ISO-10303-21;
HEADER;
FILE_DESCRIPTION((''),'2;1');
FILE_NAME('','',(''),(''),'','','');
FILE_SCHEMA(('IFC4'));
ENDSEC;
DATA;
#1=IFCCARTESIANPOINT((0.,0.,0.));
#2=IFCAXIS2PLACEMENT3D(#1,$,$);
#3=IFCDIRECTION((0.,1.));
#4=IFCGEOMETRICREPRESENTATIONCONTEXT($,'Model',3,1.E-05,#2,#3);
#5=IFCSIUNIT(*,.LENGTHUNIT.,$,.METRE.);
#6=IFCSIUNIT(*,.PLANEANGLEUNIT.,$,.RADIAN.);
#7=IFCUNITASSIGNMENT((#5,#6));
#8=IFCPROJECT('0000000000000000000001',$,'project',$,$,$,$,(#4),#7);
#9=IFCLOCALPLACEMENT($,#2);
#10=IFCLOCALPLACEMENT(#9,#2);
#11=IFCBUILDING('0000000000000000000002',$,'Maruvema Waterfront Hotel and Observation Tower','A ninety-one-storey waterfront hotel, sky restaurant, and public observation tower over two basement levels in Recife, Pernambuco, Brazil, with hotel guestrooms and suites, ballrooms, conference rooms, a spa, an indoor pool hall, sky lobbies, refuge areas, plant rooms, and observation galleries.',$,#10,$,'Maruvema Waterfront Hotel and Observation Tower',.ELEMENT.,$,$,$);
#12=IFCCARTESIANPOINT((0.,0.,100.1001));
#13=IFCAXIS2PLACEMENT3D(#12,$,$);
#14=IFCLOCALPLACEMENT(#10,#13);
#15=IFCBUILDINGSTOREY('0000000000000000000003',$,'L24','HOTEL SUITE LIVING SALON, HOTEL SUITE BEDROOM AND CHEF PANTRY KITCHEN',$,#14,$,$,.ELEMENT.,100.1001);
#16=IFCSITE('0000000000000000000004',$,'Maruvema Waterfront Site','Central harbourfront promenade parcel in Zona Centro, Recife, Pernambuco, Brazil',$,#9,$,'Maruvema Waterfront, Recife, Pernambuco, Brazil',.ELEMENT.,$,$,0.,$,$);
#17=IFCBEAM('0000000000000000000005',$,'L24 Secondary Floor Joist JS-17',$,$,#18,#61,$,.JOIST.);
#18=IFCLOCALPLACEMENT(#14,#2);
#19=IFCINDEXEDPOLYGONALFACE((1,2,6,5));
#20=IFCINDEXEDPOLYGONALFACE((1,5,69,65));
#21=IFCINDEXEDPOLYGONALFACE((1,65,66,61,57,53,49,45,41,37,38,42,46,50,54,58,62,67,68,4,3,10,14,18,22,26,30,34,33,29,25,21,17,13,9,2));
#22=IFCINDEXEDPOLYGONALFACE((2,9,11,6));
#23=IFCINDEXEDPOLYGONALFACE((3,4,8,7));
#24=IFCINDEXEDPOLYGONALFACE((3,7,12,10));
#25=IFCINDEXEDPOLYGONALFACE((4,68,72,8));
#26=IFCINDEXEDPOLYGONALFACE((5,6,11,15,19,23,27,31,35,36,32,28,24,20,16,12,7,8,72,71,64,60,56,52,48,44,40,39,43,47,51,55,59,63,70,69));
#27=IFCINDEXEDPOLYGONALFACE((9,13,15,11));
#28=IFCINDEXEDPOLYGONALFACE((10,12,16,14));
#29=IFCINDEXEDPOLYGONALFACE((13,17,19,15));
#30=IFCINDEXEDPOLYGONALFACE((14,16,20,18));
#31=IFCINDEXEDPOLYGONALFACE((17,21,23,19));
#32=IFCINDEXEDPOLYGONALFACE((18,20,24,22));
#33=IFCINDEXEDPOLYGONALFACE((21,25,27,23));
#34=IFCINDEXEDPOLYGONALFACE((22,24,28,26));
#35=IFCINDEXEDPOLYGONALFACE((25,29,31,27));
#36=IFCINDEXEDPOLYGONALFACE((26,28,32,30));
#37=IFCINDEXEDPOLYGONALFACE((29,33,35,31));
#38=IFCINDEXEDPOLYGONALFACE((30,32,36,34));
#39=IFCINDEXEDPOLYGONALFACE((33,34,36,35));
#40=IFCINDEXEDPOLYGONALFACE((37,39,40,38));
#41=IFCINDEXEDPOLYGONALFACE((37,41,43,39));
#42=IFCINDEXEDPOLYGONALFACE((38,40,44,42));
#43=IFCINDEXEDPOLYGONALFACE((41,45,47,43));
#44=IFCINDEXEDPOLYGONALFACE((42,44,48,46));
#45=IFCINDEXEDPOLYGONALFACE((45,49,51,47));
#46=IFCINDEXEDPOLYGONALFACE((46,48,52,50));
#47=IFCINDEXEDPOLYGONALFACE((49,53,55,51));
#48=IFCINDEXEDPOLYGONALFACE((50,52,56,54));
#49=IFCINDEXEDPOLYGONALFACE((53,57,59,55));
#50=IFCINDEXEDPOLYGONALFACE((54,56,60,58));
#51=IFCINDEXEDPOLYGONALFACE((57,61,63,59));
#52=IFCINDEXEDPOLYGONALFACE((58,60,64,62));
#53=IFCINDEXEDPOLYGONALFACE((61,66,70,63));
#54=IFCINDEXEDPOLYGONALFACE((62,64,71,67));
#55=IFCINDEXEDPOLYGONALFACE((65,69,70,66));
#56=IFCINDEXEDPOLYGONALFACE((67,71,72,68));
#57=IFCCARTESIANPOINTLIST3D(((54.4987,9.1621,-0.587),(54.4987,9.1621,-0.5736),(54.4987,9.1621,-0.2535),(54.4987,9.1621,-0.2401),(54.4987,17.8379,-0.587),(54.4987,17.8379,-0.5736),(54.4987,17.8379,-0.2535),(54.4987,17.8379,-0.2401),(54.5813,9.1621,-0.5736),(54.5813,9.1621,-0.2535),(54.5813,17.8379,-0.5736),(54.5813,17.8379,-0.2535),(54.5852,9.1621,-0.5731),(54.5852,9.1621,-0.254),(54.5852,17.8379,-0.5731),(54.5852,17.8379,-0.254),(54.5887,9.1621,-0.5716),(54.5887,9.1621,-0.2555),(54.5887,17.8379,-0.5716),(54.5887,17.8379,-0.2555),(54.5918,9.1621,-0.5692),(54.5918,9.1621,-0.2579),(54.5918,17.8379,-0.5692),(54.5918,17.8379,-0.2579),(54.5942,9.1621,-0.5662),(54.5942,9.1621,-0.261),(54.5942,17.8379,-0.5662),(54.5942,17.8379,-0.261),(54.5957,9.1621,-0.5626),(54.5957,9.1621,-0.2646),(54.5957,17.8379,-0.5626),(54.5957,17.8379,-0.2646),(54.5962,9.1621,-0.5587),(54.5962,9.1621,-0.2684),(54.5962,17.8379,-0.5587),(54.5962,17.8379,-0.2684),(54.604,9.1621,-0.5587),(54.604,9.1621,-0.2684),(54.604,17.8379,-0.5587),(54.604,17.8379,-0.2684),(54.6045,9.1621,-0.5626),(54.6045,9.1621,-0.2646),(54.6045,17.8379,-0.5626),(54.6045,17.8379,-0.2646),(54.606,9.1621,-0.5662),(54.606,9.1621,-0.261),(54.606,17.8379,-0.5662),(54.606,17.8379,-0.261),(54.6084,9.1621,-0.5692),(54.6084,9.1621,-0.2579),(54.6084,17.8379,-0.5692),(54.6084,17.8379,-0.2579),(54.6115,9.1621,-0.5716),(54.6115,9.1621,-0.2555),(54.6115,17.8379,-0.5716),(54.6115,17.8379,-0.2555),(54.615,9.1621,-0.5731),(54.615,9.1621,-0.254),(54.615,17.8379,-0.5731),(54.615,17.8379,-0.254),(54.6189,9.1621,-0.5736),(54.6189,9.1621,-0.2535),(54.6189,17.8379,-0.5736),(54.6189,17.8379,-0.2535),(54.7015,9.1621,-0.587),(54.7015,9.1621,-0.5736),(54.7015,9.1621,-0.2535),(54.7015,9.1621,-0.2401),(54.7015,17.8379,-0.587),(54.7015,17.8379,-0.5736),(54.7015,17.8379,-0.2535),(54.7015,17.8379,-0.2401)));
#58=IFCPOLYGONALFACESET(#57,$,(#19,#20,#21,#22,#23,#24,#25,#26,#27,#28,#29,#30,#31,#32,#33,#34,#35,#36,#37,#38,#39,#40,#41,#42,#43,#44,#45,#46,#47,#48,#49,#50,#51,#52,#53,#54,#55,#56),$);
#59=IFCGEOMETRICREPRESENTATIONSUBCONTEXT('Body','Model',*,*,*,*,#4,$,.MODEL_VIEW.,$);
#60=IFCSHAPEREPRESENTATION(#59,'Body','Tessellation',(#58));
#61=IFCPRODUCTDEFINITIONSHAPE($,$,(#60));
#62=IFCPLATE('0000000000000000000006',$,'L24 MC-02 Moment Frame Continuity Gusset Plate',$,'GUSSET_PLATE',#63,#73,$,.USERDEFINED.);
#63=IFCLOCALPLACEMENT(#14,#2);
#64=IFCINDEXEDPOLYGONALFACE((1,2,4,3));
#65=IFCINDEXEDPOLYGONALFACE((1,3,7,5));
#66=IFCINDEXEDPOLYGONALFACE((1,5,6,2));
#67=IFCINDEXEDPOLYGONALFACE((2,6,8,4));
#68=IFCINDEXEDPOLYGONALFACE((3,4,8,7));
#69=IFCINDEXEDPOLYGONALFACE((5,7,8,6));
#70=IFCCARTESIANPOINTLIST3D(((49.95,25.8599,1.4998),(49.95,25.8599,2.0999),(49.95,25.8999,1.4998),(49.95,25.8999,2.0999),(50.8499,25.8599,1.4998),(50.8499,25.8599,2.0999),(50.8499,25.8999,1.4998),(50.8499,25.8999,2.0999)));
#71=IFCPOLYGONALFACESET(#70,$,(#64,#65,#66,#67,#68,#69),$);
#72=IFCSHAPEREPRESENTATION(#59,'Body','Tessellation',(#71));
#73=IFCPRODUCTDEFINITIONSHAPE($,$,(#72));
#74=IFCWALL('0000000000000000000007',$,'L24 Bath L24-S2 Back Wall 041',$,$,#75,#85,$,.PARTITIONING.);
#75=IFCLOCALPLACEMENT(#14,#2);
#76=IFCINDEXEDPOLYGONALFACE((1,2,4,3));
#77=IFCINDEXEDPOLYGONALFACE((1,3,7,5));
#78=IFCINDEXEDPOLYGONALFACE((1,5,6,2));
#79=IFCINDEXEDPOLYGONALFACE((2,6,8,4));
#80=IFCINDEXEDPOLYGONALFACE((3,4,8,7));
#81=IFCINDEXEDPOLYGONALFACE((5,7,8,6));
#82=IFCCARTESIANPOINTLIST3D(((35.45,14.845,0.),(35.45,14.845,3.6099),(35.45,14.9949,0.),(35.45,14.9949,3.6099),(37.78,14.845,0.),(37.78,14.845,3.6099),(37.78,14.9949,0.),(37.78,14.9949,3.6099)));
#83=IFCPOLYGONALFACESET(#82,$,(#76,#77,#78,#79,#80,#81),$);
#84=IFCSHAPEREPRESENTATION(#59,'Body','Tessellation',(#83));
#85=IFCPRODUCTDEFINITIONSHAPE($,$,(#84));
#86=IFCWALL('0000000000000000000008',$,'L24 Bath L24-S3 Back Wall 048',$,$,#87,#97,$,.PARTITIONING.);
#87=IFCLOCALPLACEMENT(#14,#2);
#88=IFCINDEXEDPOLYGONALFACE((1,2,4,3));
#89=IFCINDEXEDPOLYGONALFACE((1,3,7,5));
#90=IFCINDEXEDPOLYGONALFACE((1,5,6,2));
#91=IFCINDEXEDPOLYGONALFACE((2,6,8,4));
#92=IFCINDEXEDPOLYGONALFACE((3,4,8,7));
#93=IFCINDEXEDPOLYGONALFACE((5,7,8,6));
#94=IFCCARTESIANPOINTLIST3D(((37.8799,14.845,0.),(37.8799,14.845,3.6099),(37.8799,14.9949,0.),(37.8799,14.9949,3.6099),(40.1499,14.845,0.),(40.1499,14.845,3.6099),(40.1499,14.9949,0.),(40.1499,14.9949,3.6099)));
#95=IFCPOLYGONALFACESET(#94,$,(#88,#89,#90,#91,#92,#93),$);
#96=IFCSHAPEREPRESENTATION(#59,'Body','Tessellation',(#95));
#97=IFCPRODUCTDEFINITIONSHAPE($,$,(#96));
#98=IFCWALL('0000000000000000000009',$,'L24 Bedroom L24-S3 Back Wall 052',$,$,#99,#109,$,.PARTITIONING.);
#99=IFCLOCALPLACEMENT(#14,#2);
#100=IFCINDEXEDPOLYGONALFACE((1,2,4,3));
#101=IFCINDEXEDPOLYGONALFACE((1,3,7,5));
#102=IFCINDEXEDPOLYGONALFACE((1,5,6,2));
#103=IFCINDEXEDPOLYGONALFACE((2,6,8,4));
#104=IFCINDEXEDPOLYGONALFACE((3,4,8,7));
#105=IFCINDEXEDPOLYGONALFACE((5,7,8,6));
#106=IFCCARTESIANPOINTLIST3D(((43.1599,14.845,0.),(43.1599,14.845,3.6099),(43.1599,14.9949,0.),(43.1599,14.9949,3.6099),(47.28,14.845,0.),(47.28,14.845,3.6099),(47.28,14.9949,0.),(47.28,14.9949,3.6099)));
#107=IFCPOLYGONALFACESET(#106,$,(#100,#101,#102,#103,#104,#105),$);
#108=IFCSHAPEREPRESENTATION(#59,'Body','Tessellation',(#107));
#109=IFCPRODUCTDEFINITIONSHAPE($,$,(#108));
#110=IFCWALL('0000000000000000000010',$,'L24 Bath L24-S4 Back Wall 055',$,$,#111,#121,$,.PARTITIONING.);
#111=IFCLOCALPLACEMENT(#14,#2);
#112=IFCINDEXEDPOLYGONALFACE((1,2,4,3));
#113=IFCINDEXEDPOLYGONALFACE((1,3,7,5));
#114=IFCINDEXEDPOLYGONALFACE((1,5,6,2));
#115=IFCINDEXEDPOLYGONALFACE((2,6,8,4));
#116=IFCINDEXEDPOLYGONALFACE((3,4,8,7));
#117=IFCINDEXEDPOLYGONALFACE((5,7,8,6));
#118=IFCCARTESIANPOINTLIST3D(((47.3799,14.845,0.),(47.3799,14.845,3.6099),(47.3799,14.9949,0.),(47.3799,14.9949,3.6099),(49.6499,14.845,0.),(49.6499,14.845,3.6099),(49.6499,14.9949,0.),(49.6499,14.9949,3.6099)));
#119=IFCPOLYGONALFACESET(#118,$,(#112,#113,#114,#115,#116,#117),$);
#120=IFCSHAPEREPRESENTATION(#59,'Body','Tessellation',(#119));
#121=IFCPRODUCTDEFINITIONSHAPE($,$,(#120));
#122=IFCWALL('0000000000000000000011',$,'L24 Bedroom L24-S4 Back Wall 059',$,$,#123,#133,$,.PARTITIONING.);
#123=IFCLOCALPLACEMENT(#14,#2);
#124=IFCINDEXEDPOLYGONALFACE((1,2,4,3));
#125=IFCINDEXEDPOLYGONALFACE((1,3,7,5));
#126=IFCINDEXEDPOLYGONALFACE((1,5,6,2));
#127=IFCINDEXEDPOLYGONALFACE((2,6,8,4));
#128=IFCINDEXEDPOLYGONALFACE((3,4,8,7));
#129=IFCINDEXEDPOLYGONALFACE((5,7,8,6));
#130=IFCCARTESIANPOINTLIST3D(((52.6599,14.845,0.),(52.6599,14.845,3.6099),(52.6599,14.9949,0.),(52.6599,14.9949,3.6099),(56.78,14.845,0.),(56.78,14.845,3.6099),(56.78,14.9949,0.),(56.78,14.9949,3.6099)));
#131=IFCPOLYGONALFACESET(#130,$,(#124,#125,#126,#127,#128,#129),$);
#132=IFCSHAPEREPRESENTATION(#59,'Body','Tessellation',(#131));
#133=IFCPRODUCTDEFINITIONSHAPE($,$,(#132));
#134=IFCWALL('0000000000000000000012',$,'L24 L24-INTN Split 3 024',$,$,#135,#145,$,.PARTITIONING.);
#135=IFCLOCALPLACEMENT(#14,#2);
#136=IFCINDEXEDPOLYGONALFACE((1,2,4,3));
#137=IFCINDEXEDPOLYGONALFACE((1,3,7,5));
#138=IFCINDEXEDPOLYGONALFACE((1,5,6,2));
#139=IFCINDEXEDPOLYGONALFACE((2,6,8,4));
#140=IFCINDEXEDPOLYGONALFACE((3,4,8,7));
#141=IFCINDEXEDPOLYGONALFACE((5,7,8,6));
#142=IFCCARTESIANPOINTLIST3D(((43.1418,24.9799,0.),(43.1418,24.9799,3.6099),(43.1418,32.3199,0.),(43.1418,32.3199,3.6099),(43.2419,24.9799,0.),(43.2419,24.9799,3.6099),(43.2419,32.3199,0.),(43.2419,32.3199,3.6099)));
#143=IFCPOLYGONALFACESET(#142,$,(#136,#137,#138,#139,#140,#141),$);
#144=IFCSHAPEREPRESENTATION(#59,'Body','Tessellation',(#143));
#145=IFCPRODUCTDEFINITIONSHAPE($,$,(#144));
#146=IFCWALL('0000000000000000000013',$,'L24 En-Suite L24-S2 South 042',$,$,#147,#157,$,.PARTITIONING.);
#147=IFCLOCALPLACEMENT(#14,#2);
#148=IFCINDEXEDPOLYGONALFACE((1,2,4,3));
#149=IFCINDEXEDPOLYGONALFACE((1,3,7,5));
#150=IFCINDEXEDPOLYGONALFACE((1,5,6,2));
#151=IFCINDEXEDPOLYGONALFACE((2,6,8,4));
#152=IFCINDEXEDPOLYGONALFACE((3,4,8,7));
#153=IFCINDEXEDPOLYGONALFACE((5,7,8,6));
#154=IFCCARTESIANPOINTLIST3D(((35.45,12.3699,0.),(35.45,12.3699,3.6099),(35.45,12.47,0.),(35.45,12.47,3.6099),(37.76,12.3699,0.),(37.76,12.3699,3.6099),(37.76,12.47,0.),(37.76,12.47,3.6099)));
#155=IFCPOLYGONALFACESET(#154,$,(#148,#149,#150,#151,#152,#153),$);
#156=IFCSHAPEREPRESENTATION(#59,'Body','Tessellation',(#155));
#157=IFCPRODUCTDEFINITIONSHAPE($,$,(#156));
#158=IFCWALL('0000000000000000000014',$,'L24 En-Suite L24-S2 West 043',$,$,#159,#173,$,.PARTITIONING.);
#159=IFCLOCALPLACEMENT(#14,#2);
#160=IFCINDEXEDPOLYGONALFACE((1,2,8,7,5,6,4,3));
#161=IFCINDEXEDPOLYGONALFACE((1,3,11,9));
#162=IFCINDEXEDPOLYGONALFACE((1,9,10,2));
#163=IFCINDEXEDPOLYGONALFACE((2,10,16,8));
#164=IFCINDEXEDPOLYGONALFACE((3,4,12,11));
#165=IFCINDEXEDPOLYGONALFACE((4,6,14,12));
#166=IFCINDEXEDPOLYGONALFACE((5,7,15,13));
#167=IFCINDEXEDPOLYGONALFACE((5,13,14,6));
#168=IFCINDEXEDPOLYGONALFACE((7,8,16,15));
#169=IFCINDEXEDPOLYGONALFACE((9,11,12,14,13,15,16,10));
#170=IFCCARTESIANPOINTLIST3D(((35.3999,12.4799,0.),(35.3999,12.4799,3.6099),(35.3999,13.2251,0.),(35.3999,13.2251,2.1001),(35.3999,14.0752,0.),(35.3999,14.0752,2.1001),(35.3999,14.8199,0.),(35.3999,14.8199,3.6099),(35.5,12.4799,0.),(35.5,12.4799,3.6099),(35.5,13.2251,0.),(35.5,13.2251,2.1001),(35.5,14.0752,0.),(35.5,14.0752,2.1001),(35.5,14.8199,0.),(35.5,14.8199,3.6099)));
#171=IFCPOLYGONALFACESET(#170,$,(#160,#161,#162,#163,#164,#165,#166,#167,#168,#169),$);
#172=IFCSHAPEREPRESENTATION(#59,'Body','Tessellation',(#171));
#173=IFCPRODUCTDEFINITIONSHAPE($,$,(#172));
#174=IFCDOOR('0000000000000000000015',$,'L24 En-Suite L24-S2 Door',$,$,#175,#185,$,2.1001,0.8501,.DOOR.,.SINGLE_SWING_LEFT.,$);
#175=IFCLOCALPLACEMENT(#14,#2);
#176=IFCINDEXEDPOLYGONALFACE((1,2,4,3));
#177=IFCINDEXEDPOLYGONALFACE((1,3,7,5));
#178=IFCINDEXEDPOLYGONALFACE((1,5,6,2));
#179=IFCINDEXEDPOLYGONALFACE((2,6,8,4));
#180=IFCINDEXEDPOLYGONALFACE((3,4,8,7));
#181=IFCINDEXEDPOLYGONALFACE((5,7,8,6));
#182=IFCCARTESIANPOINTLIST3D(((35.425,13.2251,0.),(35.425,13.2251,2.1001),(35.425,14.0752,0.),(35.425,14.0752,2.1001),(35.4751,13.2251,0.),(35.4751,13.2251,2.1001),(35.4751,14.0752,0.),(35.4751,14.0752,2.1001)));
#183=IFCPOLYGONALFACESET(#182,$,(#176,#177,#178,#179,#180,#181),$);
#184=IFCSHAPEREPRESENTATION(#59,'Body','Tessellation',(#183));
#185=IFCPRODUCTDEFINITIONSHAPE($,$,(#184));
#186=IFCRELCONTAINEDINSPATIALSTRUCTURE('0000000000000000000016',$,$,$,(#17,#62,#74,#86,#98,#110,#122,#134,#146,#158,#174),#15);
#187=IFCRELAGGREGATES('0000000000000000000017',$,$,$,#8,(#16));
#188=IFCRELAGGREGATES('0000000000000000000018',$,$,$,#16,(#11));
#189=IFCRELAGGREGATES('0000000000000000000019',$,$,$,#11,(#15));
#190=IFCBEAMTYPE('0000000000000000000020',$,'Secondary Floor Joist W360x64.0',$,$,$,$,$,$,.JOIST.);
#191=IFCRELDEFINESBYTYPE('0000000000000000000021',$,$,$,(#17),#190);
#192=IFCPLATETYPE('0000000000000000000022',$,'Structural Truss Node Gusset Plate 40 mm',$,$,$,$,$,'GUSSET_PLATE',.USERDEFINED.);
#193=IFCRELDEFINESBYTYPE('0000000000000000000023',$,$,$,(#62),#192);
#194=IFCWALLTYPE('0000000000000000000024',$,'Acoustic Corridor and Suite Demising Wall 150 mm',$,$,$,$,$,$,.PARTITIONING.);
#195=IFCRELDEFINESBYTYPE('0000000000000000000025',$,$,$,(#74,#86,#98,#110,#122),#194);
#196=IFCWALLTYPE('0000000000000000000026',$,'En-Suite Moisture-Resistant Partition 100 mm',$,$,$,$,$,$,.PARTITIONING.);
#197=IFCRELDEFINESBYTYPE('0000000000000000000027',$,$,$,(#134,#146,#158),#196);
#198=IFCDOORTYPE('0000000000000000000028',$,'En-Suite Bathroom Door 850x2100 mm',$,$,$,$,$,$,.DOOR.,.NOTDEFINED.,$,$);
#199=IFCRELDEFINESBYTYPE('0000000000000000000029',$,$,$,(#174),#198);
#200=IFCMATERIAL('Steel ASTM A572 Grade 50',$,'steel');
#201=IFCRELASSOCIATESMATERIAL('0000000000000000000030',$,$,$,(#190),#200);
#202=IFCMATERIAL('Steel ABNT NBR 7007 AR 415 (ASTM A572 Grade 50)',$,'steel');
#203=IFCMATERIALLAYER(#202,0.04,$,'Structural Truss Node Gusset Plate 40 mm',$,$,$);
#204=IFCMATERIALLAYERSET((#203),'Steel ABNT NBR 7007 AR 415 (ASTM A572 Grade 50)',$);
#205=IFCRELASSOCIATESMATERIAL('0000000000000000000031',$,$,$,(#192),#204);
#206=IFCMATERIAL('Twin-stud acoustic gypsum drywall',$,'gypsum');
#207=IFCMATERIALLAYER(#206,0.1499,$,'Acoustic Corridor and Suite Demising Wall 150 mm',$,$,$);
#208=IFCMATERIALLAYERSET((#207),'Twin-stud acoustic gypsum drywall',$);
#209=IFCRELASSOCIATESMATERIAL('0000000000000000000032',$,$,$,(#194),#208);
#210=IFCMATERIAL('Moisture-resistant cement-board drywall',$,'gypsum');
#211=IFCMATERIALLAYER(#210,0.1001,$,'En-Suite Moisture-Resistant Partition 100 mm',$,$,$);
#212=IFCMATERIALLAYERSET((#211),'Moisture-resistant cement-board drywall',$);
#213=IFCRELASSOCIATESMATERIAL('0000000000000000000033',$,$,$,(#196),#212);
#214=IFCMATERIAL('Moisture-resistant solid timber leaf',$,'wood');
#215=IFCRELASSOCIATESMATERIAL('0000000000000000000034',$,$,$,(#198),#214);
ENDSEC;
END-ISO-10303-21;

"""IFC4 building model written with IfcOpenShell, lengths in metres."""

from ifc_helpers import new_model, si_unit, direction, frame, frame_2d, origin, origin_2d, place, context, subcontext, project, spatial, rectangle, i_section, extrude, material, layer, layer_set, material_profile, profile_set, type_object, element, fill, save


model = new_model("IFC4")

# Units and contexts
model_context = context("Model", 3, precision=1e-05, world=origin(), true_north=direction((0.0, 1.0)))
body_context = subcontext(model_context, "Body", "Model", "MODEL_VIEW")
ifc_project = project(units=[si_unit("LENGTHUNIT", "METRE"), si_unit("PLANEANGLEUNIT", "RADIAN")], contexts=[model_context])

# Site, building, storey
site_placement = place(None, origin())
site = spatial("IfcSite", under=ifc_project, at=site_placement, Name="Maruvema Waterfront Site", Description="Central harbourfront promenade parcel in Zona Centro, Recife, Pernambuco, Brazil", LongName="Maruvema Waterfront, Recife, Pernambuco, Brazil", CompositionType="ELEMENT", RefElevation=0.0)
building_placement = place(site_placement, origin())
building = spatial("IfcBuilding", under=site, at=building_placement, Name="Maruvema Waterfront Hotel and Observation Tower", Description="A ninety-one-storey waterfront hotel, sky restaurant, and public observation tower over two basement levels in Recife, Pernambuco, Brazil, with hotel guestrooms and suites, ballrooms, conference rooms, a spa, an indoor pool hall, sky lobbies, refuge areas, plant rooms, and observation galleries.", LongName="Maruvema Waterfront Hotel and Observation Tower", CompositionType="ELEMENT")
storey_placement = place(building_placement, frame((0.0, 0.0, 100.1001)))
storey = spatial("IfcBuildingStorey", under=building, at=storey_placement, Name="L24", Description="HOTEL SUITE LIVING SALON, HOTEL SUITE BEDROOM AND CHEF PANTRY KITCHEN", CompositionType="ELEMENT", Elevation=100.1001)

# Beam
ifc_material_1 = material(Name="Steel ASTM A572 Grade 50", Category="steel")
ifc_material_profile_1 = material_profile(ifc_material_1, i_section(OverallWidth=0.2029, OverallDepth=0.3469, WebThickness=0.0078, FlangeThickness=0.0134, FilletRadius=0.0149, at=origin_2d()), Name="W360x64.0")
ifc_profile_set_1 = profile_set([ifc_material_profile_1], Name="Steel ASTM A572 Grade 50")
beam_type_1 = type_object("IfcBeamType", Name="Secondary Floor Joist W360x64.0", PredefinedType="JOIST", material=ifc_profile_set_1)
beam_1_placement = place(storey_placement, frame((54.6001, 9.1621, -0.4136), z_axis=(0.0, 1.0, 0.0), x_axis=(-1.0, 0.0, 0.0)))
element("IfcBeam", 1, at=beam_1_placement, inside=storey, type_object=beam_type_1, Name="L24 Secondary Floor Joist JS-17", PredefinedType="JOIST", context=body_context, shape_type="SweptSolid", body=[
    extrude(i_section(OverallWidth=0.2029, OverallDepth=0.3469, WebThickness=0.0078, FlangeThickness=0.0134, FilletRadius=0.0149, at=origin_2d()), origin(), (0.0, 0.0, 1.0), 8.6758),
])

# Plate
ifc_material_2 = material(Name="Steel ABNT NBR 7007 AR 415 (ASTM A572 Grade 50)", Category="steel")
ifc_layer_1 = layer(ifc_material_2, 0.04, Name="Structural Truss Node Gusset Plate 40 mm")
ifc_layer_set_1 = layer_set([ifc_layer_1], Name="Steel ABNT NBR 7007 AR 415 (ASTM A572 Grade 50)")
plate_type = type_object("IfcPlateType", Name="Structural Truss Node Gusset Plate 40 mm", ElementType="GUSSET_PLATE", PredefinedType="USERDEFINED", material=ifc_layer_set_1)
plate_placement = place(storey_placement, frame((50.3999, 25.8799, 1.4998), z_axis=(0.0, 0.0, 1.0), x_axis=(1.0, 0.0, 0.0)))
element("IfcPlate", 2, at=plate_placement, inside=storey, type_object=plate_type, Name="L24 MC-02 Moment Frame Continuity Gusset Plate", ObjectType="GUSSET_PLATE", PredefinedType="USERDEFINED", context=body_context, shape_type="SweptSolid", body=[
    extrude(rectangle(XDim=0.8999, YDim=0.04, at=origin_2d()), origin(), (0.0, 0.0, 1.0), 0.6001),
])

# Walls
ifc_material_3 = material(Name="Twin-stud acoustic gypsum drywall", Category="gypsum")
ifc_layer_2 = layer(ifc_material_3, 0.1499, Name="Acoustic Corridor and Suite Demising Wall 150 mm")
ifc_layer_set_2 = layer_set([ifc_layer_2], Name="Twin-stud acoustic gypsum drywall")
wall_type_1 = type_object("IfcWallType", Name="Acoustic Corridor and Suite Demising Wall 150 mm", PredefinedType="PARTITIONING", material=ifc_layer_set_2)
wall_1_placement = place(storey_placement, frame((35.45, 14.9199, 0.0), z_axis=(0.0, 0.0, 1.0), x_axis=(1.0, 0.0, 0.0)))
element("IfcWall", 3, at=wall_1_placement, inside=storey, type_object=wall_type_1, Name="L24 Bath L24-S2 Back Wall 041", PredefinedType="PARTITIONING", context=body_context, shape_type="SweptSolid", body=[
    extrude(rectangle(XDim=2.3301, YDim=0.1499, at=frame_2d((1.165, 0.0))), origin(), (0.0, 0.0, 1.0), 3.6099),
])
wall_2_placement = place(storey_placement, frame((37.8799, 14.9199, 0.0), z_axis=(0.0, 0.0, 1.0), x_axis=(1.0, 0.0, 0.0)))
element("IfcWall", 4, at=wall_2_placement, inside=storey, type_object=wall_type_1, Name="L24 Bath L24-S3 Back Wall 048", PredefinedType="PARTITIONING", context=body_context, shape_type="SweptSolid", body=[
    extrude(rectangle(XDim=2.27, YDim=0.1499, at=frame_2d((1.135, 0.0))), origin(), (0.0, 0.0, 1.0), 3.6099),
])

# Walls
wall_3_placement = place(storey_placement, frame((43.1599, 14.9199, 0.0), z_axis=(0.0, 0.0, 1.0), x_axis=(1.0, 0.0, 0.0)))
element("IfcWall", 5, at=wall_3_placement, inside=storey, type_object=wall_type_1, Name="L24 Bedroom L24-S3 Back Wall 052", PredefinedType="PARTITIONING", context=body_context, shape_type="SweptSolid", body=[
    extrude(rectangle(XDim=4.1201, YDim=0.1499, at=frame_2d((2.0601, 0.0))), origin(), (0.0, 0.0, 1.0), 3.6099),
])
wall_4_placement = place(storey_placement, frame((47.3799, 14.9199, 0.0), z_axis=(0.0, 0.0, 1.0), x_axis=(1.0, 0.0, 0.0)))
element("IfcWall", 6, at=wall_4_placement, inside=storey, type_object=wall_type_1, Name="L24 Bath L24-S4 Back Wall 055", PredefinedType="PARTITIONING", context=body_context, shape_type="SweptSolid", body=[
    extrude(rectangle(XDim=2.27, YDim=0.1499, at=frame_2d((1.135, 0.0))), origin(), (0.0, 0.0, 1.0), 3.6099),
])

# Walls
wall_5_placement = place(storey_placement, frame((52.6599, 14.9199, 0.0), z_axis=(0.0, 0.0, 1.0), x_axis=(1.0, 0.0, 0.0)))
element("IfcWall", 7, at=wall_5_placement, inside=storey, type_object=wall_type_1, Name="L24 Bedroom L24-S4 Back Wall 059", PredefinedType="PARTITIONING", context=body_context, shape_type="SweptSolid", body=[
    extrude(rectangle(XDim=4.1201, YDim=0.1499, at=frame_2d((2.0601, 0.0))), origin(), (0.0, 0.0, 1.0), 3.6099),
])
ifc_material_4 = material(Name="Moisture-resistant cement-board drywall", Category="gypsum")
ifc_layer_3 = layer(ifc_material_4, 0.1001, Name="En-Suite Moisture-Resistant Partition 100 mm")
ifc_layer_set_3 = layer_set([ifc_layer_3], Name="Moisture-resistant cement-board drywall")
wall_type_2 = type_object("IfcWallType", Name="En-Suite Moisture-Resistant Partition 100 mm", PredefinedType="PARTITIONING", material=ifc_layer_set_3)
wall_6_placement = place(storey_placement, frame((43.1919, 24.98, 0.0), z_axis=(0.0, 0.0, 1.0), x_axis=(0.0, 1.0, 0.0)))
element("IfcWall", 8, at=wall_6_placement, inside=storey, type_object=wall_type_2, Name="L24 L24-INTN Split 3 024", PredefinedType="PARTITIONING", context=body_context, shape_type="SweptSolid", body=[
    extrude(rectangle(XDim=7.3401, YDim=0.1001, at=frame_2d((3.6699, 0.0))), origin(), (0.0, 0.0, 1.0), 3.6099),
])
wall_7_placement = place(storey_placement, frame((35.45, 12.4199, 0.0), z_axis=(0.0, 0.0, 1.0), x_axis=(1.0, 0.0, 0.0)))
element("IfcWall", 9, at=wall_7_placement, inside=storey, type_object=wall_type_2, Name="L24 En-Suite L24-S2 South 042", PredefinedType="PARTITIONING", context=body_context, shape_type="SweptSolid", body=[
    extrude(rectangle(XDim=2.3101, YDim=0.1001, at=frame_2d((1.155, 0.0))), origin(), (0.0, 0.0, 1.0), 3.6099),
])

# Wall, opening, door
wall_8_placement = place(storey_placement, frame((35.45, 12.48, 0.0), z_axis=(0.0, 0.0, 1.0), x_axis=(0.0, 1.0, 0.0)))
wall_8 = element("IfcWall", 10, at=wall_8_placement, inside=storey, type_object=wall_type_2, Name="L24 En-Suite L24-S2 West 043", PredefinedType="PARTITIONING", context=body_context, shape_type="SweptSolid", body=[
    extrude(rectangle(XDim=2.3401, YDim=0.1001, at=frame_2d((1.1699, 0.0))), origin(), (0.0, 0.0, 1.0), 3.6099),
])
opening_1_placement = place(wall_8_placement, frame((0.7451, 0.0, 0.0)))
opening_1 = element("IfcOpeningElement", 11, at=opening_1_placement, cuts=wall_8, PredefinedType="OPENING", context=body_context, shape_type="SweptSolid", body=[
    extrude(rectangle(XDim=0.8501, YDim=2.1001, at=frame_2d((0.425, 1.05))), frame((0.0, 0.0601, 0.0), z_axis=(0.0, -1.0, 0.0), x_axis=(1.0, 0.0, 0.0)), (0.0, 0.0, 1.0), 0.1201),
])
ifc_material_5 = material(Name="Moisture-resistant solid timber leaf", Category="wood")
door_type_1 = type_object("IfcDoorType", Name="En-Suite Bathroom Door 850x2100 mm", OperationType="NOTDEFINED", PredefinedType="DOOR", material=ifc_material_5)
door_1_placement = place(opening_1_placement, origin())
door_1 = element("IfcDoor", 12, at=door_1_placement, inside=storey, type_object=door_type_1, Name="L24 En-Suite L24-S2 Door", OperationType="SINGLE_SWING_LEFT", OverallHeight=2.1001, OverallWidth=0.8501, PredefinedType="DOOR", context=body_context, shape_type="SweptSolid", body=[
    extrude(rectangle(XDim=0.8501, YDim=2.1001, at=frame_2d((0.425, 1.05))), frame((0.0, 0.0249, 0.0), z_axis=(0.0, -1.0, 0.0), x_axis=(1.0, 0.0, 0.0)), (0.0, 0.0, 1.0), 0.05),
])
fill(opening_1, door_1)

save(model, "model.ifc")
